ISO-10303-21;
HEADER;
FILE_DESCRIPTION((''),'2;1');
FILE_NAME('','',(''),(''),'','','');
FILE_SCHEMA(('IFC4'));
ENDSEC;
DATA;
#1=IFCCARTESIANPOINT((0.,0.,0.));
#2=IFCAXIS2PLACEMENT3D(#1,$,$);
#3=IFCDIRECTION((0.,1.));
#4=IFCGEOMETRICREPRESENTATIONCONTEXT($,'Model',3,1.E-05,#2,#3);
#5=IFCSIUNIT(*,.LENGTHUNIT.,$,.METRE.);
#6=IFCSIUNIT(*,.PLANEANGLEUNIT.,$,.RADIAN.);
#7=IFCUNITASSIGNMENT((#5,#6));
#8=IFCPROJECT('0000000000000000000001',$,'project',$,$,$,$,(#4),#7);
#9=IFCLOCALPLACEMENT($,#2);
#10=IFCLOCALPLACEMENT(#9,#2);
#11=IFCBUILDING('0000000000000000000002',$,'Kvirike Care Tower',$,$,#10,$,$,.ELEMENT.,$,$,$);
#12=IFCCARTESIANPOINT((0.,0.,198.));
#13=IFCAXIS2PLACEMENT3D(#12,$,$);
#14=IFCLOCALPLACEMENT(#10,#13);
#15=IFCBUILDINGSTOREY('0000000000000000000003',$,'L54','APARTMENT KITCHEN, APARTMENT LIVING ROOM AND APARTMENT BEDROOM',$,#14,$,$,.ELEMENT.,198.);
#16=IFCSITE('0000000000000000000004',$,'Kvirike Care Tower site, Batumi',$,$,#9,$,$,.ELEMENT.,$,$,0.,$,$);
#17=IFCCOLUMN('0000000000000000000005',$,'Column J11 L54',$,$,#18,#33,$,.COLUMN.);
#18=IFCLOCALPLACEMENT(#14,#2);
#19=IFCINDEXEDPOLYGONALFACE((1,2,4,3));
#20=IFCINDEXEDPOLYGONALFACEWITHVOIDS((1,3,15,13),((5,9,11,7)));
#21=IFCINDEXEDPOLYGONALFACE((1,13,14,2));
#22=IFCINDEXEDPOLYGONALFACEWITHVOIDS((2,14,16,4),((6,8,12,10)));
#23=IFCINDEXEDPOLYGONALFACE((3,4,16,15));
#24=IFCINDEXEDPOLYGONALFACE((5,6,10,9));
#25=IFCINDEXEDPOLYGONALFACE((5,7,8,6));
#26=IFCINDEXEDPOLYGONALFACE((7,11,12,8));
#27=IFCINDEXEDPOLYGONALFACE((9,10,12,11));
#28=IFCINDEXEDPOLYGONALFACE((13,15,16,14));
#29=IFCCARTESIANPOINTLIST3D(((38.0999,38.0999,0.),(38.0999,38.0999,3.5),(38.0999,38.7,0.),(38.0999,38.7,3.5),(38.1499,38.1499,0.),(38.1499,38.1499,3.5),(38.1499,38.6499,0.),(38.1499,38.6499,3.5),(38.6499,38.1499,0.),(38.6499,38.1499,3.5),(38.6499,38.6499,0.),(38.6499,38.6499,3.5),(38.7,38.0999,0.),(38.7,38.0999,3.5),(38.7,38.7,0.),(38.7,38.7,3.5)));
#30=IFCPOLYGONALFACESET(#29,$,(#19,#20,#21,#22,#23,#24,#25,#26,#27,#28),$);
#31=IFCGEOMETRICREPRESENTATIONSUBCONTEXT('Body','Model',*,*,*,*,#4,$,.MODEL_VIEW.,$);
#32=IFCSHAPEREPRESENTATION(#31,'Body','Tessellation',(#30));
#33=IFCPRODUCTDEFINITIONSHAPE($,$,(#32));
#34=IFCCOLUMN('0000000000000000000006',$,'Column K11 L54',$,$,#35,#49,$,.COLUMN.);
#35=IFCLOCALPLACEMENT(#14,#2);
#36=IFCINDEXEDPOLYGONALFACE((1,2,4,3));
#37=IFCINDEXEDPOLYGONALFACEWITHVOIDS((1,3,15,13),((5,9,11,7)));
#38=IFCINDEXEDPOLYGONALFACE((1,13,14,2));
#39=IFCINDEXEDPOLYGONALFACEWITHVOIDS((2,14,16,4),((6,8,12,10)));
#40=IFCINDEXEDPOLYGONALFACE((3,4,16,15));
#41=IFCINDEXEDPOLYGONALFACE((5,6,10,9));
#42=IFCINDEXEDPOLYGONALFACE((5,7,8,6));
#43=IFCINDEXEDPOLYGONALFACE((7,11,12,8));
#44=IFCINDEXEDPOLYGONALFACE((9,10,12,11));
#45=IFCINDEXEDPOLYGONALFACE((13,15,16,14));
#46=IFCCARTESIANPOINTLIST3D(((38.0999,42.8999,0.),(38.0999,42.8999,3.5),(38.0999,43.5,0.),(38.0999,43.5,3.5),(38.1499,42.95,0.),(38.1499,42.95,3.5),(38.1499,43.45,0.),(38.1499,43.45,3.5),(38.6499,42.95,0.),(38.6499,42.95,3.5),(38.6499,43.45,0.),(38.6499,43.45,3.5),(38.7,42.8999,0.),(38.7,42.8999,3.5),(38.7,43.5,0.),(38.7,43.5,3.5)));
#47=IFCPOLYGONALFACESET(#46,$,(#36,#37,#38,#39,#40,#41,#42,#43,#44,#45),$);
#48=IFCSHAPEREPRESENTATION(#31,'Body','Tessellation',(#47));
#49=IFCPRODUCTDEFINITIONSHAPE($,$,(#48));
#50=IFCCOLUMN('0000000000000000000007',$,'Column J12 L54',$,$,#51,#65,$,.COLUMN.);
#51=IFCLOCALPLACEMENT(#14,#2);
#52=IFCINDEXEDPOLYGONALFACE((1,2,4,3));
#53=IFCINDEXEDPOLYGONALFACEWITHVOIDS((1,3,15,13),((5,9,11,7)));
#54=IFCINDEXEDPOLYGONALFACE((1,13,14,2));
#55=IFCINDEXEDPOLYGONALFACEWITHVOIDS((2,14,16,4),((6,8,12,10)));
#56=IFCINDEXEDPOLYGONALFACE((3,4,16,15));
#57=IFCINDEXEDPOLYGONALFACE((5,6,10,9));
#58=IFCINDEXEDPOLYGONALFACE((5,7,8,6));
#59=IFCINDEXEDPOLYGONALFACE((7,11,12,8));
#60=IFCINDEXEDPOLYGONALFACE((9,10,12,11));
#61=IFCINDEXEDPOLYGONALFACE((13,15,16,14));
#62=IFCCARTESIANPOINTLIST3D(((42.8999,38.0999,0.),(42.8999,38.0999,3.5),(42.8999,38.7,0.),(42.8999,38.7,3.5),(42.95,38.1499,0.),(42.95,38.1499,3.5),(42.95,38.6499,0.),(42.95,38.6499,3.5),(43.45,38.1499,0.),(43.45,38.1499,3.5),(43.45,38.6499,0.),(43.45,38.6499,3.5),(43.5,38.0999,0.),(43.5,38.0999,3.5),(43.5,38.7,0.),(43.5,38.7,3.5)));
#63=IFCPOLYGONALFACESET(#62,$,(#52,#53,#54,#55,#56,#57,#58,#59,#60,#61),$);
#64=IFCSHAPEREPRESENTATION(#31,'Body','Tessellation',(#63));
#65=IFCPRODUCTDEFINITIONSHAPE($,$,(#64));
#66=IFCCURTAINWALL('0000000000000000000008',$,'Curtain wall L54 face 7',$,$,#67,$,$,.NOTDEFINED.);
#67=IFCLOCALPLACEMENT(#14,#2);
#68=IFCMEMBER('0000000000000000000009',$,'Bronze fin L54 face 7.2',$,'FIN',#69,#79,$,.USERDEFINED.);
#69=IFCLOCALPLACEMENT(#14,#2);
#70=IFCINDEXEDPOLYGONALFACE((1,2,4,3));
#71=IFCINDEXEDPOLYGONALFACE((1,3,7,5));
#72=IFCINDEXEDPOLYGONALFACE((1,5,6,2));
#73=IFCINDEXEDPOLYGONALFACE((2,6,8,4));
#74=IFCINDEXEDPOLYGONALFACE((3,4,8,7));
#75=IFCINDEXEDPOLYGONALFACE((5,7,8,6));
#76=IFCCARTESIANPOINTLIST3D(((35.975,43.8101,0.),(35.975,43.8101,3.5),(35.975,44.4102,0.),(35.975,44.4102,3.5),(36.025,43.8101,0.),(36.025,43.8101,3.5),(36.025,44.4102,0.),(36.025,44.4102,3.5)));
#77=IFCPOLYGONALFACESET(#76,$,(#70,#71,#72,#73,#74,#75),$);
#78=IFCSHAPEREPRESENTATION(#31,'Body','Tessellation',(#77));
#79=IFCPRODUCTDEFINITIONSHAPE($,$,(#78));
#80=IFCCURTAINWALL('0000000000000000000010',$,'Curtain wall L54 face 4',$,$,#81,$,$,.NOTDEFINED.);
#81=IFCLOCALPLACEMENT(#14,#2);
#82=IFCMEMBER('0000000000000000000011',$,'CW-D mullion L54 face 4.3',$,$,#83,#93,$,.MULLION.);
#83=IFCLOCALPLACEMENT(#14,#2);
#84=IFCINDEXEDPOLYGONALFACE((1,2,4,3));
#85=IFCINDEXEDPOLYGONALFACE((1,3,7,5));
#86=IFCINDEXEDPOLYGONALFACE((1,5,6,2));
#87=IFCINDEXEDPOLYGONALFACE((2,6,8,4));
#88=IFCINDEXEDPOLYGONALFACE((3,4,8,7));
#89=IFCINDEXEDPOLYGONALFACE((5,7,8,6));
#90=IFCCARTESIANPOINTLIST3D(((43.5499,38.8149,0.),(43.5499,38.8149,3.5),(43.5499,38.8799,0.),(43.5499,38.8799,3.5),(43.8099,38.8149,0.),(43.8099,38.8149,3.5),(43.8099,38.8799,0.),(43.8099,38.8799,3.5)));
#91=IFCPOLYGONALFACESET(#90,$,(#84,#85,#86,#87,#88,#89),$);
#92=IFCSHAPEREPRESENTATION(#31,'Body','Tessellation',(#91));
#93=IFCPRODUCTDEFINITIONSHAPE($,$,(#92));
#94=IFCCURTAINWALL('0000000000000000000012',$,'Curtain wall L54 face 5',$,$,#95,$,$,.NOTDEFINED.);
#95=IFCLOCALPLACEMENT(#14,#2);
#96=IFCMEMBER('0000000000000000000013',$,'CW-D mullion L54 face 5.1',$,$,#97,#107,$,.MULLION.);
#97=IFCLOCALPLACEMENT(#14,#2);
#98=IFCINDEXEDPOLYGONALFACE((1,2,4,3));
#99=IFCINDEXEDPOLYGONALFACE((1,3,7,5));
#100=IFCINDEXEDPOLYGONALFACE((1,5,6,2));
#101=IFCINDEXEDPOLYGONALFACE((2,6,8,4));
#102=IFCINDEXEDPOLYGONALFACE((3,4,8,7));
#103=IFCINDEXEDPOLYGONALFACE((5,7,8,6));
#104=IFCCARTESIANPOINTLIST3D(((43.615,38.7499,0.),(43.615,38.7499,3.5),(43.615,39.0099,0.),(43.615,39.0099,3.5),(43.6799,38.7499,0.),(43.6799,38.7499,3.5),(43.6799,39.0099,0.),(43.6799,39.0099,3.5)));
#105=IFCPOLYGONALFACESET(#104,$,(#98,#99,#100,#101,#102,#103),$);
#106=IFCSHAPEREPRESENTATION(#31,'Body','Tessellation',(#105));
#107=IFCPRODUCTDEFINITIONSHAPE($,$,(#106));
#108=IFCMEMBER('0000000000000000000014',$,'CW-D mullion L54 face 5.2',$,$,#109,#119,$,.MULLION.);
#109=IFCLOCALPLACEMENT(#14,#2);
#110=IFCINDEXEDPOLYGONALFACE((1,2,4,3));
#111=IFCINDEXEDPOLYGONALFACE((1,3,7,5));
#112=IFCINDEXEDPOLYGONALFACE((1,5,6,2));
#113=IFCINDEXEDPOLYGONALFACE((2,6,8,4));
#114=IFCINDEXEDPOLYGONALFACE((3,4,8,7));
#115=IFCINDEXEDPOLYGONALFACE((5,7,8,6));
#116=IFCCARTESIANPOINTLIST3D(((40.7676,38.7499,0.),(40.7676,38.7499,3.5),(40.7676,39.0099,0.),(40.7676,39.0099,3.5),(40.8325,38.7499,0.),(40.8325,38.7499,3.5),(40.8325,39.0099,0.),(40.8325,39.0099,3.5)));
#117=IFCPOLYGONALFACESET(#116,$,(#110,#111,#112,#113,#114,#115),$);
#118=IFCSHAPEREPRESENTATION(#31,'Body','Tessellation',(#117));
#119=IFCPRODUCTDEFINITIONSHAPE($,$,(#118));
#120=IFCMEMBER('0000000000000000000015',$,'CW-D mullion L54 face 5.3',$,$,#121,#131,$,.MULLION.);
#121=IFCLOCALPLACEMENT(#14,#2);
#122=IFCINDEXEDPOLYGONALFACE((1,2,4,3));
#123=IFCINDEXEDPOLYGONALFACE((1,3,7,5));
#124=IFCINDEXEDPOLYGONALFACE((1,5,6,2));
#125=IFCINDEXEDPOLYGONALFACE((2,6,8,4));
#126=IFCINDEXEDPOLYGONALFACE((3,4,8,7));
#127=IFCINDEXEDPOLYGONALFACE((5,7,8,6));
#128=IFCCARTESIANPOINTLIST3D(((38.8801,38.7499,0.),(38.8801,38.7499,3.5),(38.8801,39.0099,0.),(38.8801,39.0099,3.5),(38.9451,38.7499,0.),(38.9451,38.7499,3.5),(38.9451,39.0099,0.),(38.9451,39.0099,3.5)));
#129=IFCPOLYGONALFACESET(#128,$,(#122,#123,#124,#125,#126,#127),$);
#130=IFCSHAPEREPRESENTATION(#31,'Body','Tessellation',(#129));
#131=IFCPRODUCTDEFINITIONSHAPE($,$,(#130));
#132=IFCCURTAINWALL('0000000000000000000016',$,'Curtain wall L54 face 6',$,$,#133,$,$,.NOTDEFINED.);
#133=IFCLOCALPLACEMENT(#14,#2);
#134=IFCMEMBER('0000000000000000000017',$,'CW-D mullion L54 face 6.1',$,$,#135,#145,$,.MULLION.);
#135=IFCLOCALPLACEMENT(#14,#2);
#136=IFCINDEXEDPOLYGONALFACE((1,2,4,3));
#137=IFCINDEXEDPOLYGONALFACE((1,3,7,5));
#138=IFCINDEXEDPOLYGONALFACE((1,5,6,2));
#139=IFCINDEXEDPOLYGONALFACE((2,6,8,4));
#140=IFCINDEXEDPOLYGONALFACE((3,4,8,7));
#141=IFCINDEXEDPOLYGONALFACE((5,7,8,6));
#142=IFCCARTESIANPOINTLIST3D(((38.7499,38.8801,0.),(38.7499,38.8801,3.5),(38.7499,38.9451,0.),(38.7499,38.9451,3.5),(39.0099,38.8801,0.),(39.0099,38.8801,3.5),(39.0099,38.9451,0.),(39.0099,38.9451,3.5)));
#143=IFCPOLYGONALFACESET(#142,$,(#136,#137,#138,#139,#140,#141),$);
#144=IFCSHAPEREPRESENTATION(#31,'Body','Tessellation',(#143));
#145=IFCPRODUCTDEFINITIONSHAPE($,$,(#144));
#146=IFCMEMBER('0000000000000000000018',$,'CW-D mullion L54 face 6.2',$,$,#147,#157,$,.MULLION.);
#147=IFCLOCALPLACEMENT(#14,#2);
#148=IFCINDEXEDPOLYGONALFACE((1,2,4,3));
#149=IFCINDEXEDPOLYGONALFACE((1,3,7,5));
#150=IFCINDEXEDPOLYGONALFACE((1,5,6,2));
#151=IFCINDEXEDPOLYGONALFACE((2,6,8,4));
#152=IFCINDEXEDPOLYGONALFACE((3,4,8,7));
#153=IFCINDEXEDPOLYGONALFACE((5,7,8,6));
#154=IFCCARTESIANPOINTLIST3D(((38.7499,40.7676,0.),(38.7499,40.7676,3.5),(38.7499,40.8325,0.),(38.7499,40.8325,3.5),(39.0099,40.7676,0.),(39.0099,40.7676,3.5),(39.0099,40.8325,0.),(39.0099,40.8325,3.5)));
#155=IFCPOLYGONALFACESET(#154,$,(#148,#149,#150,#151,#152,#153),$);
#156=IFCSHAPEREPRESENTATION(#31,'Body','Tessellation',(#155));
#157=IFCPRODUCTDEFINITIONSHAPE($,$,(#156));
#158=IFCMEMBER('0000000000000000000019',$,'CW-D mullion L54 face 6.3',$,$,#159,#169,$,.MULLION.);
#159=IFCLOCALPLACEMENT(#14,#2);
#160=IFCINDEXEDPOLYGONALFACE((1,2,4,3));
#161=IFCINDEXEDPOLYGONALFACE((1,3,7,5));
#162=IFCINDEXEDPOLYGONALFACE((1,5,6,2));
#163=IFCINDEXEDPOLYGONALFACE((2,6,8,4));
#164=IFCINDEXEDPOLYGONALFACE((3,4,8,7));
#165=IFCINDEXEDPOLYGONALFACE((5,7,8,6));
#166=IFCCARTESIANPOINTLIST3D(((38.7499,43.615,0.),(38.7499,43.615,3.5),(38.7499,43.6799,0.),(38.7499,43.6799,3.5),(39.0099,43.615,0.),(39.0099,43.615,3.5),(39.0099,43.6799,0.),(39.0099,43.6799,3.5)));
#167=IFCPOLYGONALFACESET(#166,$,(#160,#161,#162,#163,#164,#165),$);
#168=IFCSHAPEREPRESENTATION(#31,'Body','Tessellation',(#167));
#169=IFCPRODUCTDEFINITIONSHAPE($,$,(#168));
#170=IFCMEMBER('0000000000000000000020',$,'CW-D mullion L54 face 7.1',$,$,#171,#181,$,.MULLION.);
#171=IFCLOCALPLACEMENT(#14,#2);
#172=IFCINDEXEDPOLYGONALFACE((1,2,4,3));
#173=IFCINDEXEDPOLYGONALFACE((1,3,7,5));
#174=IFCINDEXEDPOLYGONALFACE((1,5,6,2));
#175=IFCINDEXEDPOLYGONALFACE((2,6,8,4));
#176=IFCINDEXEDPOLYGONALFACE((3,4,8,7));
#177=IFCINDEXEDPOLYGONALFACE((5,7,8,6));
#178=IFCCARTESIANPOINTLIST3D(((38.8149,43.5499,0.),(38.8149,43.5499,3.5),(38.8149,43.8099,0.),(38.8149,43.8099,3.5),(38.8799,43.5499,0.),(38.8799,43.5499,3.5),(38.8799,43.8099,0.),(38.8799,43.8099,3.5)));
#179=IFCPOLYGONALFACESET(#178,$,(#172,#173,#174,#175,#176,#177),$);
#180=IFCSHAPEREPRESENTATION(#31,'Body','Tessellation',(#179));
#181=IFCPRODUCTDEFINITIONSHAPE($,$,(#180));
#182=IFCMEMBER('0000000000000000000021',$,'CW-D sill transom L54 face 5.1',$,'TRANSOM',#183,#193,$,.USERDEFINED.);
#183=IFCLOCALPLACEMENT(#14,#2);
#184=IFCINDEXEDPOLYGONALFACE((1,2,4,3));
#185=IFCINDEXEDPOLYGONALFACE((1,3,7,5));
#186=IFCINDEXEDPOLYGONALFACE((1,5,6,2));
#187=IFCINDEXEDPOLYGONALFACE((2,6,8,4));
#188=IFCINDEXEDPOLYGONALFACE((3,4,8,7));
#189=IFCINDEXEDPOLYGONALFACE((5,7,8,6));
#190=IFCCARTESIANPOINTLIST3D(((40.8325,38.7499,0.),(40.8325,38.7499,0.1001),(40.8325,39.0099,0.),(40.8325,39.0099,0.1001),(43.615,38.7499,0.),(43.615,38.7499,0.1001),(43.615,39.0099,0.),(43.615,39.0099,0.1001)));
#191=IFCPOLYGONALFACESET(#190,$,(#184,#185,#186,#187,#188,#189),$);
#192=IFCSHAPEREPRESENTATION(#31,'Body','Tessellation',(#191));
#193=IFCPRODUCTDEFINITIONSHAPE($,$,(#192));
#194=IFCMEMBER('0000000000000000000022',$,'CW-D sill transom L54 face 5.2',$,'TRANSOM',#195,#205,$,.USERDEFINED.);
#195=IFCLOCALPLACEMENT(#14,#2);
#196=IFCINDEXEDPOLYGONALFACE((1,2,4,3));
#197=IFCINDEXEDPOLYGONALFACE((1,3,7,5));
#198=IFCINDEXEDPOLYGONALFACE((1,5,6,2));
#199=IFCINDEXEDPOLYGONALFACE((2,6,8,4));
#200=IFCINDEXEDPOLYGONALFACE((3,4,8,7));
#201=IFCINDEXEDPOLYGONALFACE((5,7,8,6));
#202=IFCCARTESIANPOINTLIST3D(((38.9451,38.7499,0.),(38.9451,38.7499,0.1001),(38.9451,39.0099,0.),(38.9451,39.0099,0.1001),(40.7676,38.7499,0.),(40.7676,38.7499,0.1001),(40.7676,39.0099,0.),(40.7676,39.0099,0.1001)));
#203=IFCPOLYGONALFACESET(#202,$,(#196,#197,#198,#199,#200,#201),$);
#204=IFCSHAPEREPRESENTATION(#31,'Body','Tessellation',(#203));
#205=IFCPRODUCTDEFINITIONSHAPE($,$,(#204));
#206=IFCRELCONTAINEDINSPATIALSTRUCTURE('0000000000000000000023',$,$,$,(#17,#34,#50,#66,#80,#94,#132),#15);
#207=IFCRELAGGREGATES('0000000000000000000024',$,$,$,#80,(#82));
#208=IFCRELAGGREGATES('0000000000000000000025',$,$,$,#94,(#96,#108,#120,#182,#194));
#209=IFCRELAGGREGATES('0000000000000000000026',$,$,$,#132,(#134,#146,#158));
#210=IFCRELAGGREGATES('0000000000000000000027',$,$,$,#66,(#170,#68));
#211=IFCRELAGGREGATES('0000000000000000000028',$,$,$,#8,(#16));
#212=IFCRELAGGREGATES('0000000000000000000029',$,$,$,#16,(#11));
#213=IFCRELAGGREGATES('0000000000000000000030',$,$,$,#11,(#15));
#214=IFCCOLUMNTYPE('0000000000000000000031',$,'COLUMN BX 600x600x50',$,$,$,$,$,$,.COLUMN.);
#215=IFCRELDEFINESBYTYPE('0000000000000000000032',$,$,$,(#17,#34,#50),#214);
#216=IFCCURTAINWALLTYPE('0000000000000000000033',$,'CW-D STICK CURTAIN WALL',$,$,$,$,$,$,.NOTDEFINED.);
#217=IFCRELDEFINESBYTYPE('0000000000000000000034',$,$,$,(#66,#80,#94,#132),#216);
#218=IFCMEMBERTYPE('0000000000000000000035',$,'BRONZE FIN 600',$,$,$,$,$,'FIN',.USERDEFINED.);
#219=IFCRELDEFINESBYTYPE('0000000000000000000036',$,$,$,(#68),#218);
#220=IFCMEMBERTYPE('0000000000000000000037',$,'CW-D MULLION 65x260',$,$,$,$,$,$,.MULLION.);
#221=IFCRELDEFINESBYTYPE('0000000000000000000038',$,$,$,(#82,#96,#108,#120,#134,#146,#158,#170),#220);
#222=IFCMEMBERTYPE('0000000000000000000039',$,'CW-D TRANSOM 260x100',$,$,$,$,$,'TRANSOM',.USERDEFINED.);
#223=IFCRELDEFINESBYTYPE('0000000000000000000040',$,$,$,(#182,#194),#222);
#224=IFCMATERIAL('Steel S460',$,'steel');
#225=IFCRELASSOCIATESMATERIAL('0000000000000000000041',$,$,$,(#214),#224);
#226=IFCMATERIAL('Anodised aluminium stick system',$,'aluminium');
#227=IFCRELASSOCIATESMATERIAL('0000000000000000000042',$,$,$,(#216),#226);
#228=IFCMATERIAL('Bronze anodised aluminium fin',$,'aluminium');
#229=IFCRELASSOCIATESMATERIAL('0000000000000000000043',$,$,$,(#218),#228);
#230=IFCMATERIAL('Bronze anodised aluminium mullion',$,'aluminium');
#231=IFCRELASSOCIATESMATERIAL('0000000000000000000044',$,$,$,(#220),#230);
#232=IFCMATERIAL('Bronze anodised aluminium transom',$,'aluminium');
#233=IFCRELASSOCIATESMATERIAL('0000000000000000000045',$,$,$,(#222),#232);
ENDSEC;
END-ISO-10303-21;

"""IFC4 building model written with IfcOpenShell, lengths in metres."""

from ifc_helpers import new_model, si_unit, direction, frame, origin, origin_2d, place, context, subcontext, project, spatial, rectangle, hollow_rectangle, extrude, material, material_profile, profile_set, type_object, element, aggregate, save


model = new_model("IFC4")

# Units and contexts
model_context = context("Model", 3, precision=1e-05, world=origin(), true_north=direction((0.0, 1.0)))
body_context = subcontext(model_context, "Body", "Model", "MODEL_VIEW")
ifc_project = project(units=[si_unit("LENGTHUNIT", "METRE"), si_unit("PLANEANGLEUNIT", "RADIAN")], contexts=[model_context])

# Site, building, storey
site_placement = place(None, origin())
site = spatial("IfcSite", under=ifc_project, at=site_placement, Name="Kvirike Care Tower site, Batumi", CompositionType="ELEMENT", RefElevation=0.0)
building_placement = place(site_placement, origin())
building = spatial("IfcBuilding", under=site, at=building_placement, Name="Kvirike Care Tower", CompositionType="ELEMENT")
storey_placement = place(building_placement, frame((0.0, 0.0, 198.0)))
storey = spatial("IfcBuildingStorey", under=building, at=storey_placement, Name="L54", Description="APARTMENT KITCHEN, APARTMENT LIVING ROOM AND APARTMENT BEDROOM", CompositionType="ELEMENT", Elevation=198.0)

# Columns
ifc_material_1 = material(Name="Steel S460", Category="steel")
ifc_material_profile_1 = material_profile(ifc_material_1, hollow_rectangle(XDim=0.6001, YDim=0.6001, WallThickness=0.05, at=origin_2d()), Name="BX 600x600x50")
ifc_profile_set_1 = profile_set([ifc_material_profile_1], Name="Steel S460")
column_type = type_object("IfcColumnType", Name="COLUMN BX 600x600x50", PredefinedType="COLUMN", material=ifc_profile_set_1)
for number, where, z_axis, x_axis, name in (
    (1, (38.3999, 38.3999, 0.0), (0.0, 0.0, 1.0), (0.0, 1.0, 0.0), "Column J11 L54"),
    (2, (38.3999, 43.2, 0.0), (0.0, 0.0, 1.0), (0.0, 1.0, 0.0), "Column K11 L54"),
    (3, (43.2, 38.3999, 0.0), (0.0, 0.0, 1.0), (0.0, 1.0, 0.0), "Column J12 L54"),
):
    element("IfcColumn", number, at=place(storey_placement, frame(where, z_axis=z_axis, x_axis=x_axis)), inside=storey, type_object=column_type, Name=name, PredefinedType="COLUMN", context=body_context, shape_type="SweptSolid", body=[
        extrude(hollow_rectangle(XDim=0.6001, YDim=0.6001, WallThickness=0.05, at=origin_2d()), origin(), (0.0, 0.0, 1.0), 3.5),
    ])

# Curtain walls, members
ifc_material_2 = material(Name="Anodised aluminium stick system", Category="aluminium")
curtain_wall_type = type_object("IfcCurtainWallType", Name="CW-D STICK CURTAIN WALL", PredefinedType="NOTDEFINED", material=ifc_material_2)
curtain_wall_1_placement = place(storey_placement, origin())
curtain_wall_1 = element("IfcCurtainWall", 4, at=curtain_wall_1_placement, inside=storey, type_object=curtain_wall_type, Name="Curtain wall L54 face 7", PredefinedType="NOTDEFINED")
ifc_material_3 = material(Name="Bronze anodised aluminium fin", Category="aluminium")
ifc_material_profile_2 = material_profile(ifc_material_3, rectangle(XDim=0.05, YDim=0.6001, at=origin_2d()), Name="BRONZE FIN 600")
ifc_profile_set_2 = profile_set([ifc_material_profile_2], Name="Bronze anodised aluminium fin")
member_type_1 = type_object("IfcMemberType", Name="BRONZE FIN 600", ElementType="FIN", PredefinedType="USERDEFINED", material=ifc_profile_set_2)
member_1_placement = place(storey_placement, frame((36.0, 44.1101, 0.0), z_axis=(0.0, 0.0, 1.0), x_axis=(-1.0, 0.0, 0.0)))
member_1 = element("IfcMember", 5, at=member_1_placement, type_object=member_type_1, Name="Bronze fin L54 face 7.2", ObjectType="FIN", PredefinedType="USERDEFINED", context=body_context, shape_type="SweptSolid", body=[
    extrude(rectangle(XDim=0.05, YDim=0.6001, at=origin_2d()), origin(), (0.0, 0.0, 1.0), 3.5),
])
curtain_wall_2_placement = place(storey_placement, origin())
curtain_wall_2 = element("IfcCurtainWall", 6, at=curtain_wall_2_placement, inside=storey, type_object=curtain_wall_type, Name="Curtain wall L54 face 4", PredefinedType="NOTDEFINED")
ifc_material_4 = material(Name="Bronze anodised aluminium mullion", Category="aluminium")
ifc_material_profile_3 = material_profile(ifc_material_4, rectangle(XDim=0.0649, YDim=0.26, at=origin_2d()), Name="CW-D MULLION 65x260")
ifc_profile_set_3 = profile_set([ifc_material_profile_3], Name="Bronze anodised aluminium mullion")
member_type_2 = type_object("IfcMemberType", Name="CW-D MULLION 65x260", PredefinedType="MULLION", material=ifc_profile_set_3)
member_2_placement = place(storey_placement, frame((43.6799, 38.8474, 0.0), z_axis=(0.0, 0.0, 1.0), x_axis=(0.0, 1.0, 0.0)))
member_2 = element("IfcMember", 7, at=member_2_placement, type_object=member_type_2, Name="CW-D mullion L54 face 4.3", PredefinedType="MULLION", context=body_context, shape_type="SweptSolid", body=[
    extrude(rectangle(XDim=0.0649, YDim=0.26, at=origin_2d()), origin(), (0.0, 0.0, 1.0), 3.5),
])

# Curtain walls, members
curtain_wall_3_placement = place(storey_placement, origin())
curtain_wall_3 = element("IfcCurtainWall", 8, at=curtain_wall_3_placement, inside=storey, type_object=curtain_wall_type, Name="Curtain wall L54 face 5", PredefinedType="NOTDEFINED")
member_3_placement = place(storey_placement, frame((43.6475, 38.8799, 0.0), z_axis=(0.0, 0.0, 1.0), x_axis=(-1.0, 0.0, 0.0)))
member_3 = element("IfcMember", 9, at=member_3_placement, type_object=member_type_2, Name="CW-D mullion L54 face 5.1", PredefinedType="MULLION", context=body_context, shape_type="SweptSolid", body=[
    extrude(rectangle(XDim=0.0649, YDim=0.26, at=origin_2d()), origin(), (0.0, 0.0, 1.0), 3.5),
])
member_4_placement = place(storey_placement, frame((40.8, 38.8799, 0.0), z_axis=(0.0, 0.0, 1.0), x_axis=(-1.0, 0.0, 0.0)))
member_4 = element("IfcMember", 10, at=member_4_placement, type_object=member_type_2, Name="CW-D mullion L54 face 5.2", PredefinedType="MULLION", context=body_context, shape_type="SweptSolid", body=[
    extrude(rectangle(XDim=0.0649, YDim=0.26, at=origin_2d()), origin(), (0.0, 0.0, 1.0), 3.5),
])
member_5_placement = place(storey_placement, frame((38.9126, 38.8799, 0.0), z_axis=(0.0, 0.0, 1.0), x_axis=(-1.0, 0.0, 0.0)))
member_5 = element("IfcMember", 11, at=member_5_placement, type_object=member_type_2, Name="CW-D mullion L54 face 5.3", PredefinedType="MULLION", context=body_context, shape_type="SweptSolid", body=[
    extrude(rectangle(XDim=0.0649, YDim=0.26, at=origin_2d()), origin(), (0.0, 0.0, 1.0), 3.5),
])
curtain_wall_4_placement = place(storey_placement, origin())
curtain_wall_4 = element("IfcCurtainWall", 12, at=curtain_wall_4_placement, inside=storey, type_object=curtain_wall_type, Name="Curtain wall L54 face 6", PredefinedType="NOTDEFINED")
member_6_placement = place(storey_placement, frame((38.8799, 38.9126, 0.0), z_axis=(0.0, 0.0, 1.0), x_axis=(0.0, 1.0, 0.0)))
member_6 = element("IfcMember", 13, at=member_6_placement, type_object=member_type_2, Name="CW-D mullion L54 face 6.1", PredefinedType="MULLION", context=body_context, shape_type="SweptSolid", body=[
    extrude(rectangle(XDim=0.0649, YDim=0.26, at=origin_2d()), origin(), (0.0, 0.0, 1.0), 3.5),
])
member_7_placement = place(storey_placement, frame((38.8799, 40.8, 0.0), z_axis=(0.0, 0.0, 1.0), x_axis=(0.0, 1.0, 0.0)))
member_7 = element("IfcMember", 14, at=member_7_placement, type_object=member_type_2, Name="CW-D mullion L54 face 6.2", PredefinedType="MULLION", context=body_context, shape_type="SweptSolid", body=[
    extrude(rectangle(XDim=0.0649, YDim=0.26, at=origin_2d()), origin(), (0.0, 0.0, 1.0), 3.5),
])
member_8_placement = place(storey_placement, frame((38.8799, 43.6475, 0.0), z_axis=(0.0, 0.0, 1.0), x_axis=(0.0, 1.0, 0.0)))
member_8 = element("IfcMember", 15, at=member_8_placement, type_object=member_type_2, Name="CW-D mullion L54 face 6.3", PredefinedType="MULLION", context=body_context, shape_type="SweptSolid", body=[
    extrude(rectangle(XDim=0.0649, YDim=0.26, at=origin_2d()), origin(), (0.0, 0.0, 1.0), 3.5),
])

# Members
member_9_placement = place(storey_placement, frame((38.8474, 43.6799, 0.0), z_axis=(0.0, 0.0, 1.0), x_axis=(-1.0, 0.0, 0.0)))
member_9 = element("IfcMember", 16, at=member_9_placement, type_object=member_type_2, Name="CW-D mullion L54 face 7.1", PredefinedType="MULLION", context=body_context, shape_type="SweptSolid", body=[
    extrude(rectangle(XDim=0.0649, YDim=0.26, at=origin_2d()), origin(), (0.0, 0.0, 1.0), 3.5),
])
ifc_material_5 = material(Name="Bronze anodised aluminium transom", Category="aluminium")
ifc_material_profile_4 = material_profile(ifc_material_5, rectangle(XDim=0.26, YDim=0.1001, at=origin_2d()), Name="CW-D TRANSOM 260x100")
ifc_profile_set_4 = profile_set([ifc_material_profile_4], Name="Bronze anodised aluminium transom")
member_type_3 = type_object("IfcMemberType", Name="CW-D TRANSOM 260x100", ElementType="TRANSOM", PredefinedType="USERDEFINED", material=ifc_profile_set_4)
member_10_placement = place(storey_placement, frame((43.615, 38.8799, 0.05), z_axis=(-1.0, 0.0, 0.0), x_axis=(0.0, -1.0, 0.0)))
member_10 = element("IfcMember", 17, at=member_10_placement, type_object=member_type_3, Name="CW-D sill transom L54 face 5.1", ObjectType="TRANSOM", PredefinedType="USERDEFINED", context=body_context, shape_type="SweptSolid", body=[
    extrude(rectangle(XDim=0.26, YDim=0.1001, at=origin_2d()), origin(), (0.0, 0.0, 1.0), 2.7825),
])
member_11_placement = place(storey_placement, frame((40.7676, 38.8799, 0.05), z_axis=(-1.0, 0.0, 0.0), x_axis=(0.0, -1.0, 0.0)))
member_11 = element("IfcMember", 18, at=member_11_placement, type_object=member_type_3, Name="CW-D sill transom L54 face 5.2", ObjectType="TRANSOM", PredefinedType="USERDEFINED", context=body_context, shape_type="SweptSolid", body=[
    extrude(rectangle(XDim=0.26, YDim=0.1001, at=origin_2d()), origin(), (0.0, 0.0, 1.0), 1.8225),
])

aggregate(curtain_wall_2, [member_2])
aggregate(curtain_wall_3, [member_3, member_4, member_5, member_10, member_11])
aggregate(curtain_wall_4, [member_6, member_7, member_8])
aggregate(curtain_wall_1, [member_9, member_1])

save(model, "model.ifc")
